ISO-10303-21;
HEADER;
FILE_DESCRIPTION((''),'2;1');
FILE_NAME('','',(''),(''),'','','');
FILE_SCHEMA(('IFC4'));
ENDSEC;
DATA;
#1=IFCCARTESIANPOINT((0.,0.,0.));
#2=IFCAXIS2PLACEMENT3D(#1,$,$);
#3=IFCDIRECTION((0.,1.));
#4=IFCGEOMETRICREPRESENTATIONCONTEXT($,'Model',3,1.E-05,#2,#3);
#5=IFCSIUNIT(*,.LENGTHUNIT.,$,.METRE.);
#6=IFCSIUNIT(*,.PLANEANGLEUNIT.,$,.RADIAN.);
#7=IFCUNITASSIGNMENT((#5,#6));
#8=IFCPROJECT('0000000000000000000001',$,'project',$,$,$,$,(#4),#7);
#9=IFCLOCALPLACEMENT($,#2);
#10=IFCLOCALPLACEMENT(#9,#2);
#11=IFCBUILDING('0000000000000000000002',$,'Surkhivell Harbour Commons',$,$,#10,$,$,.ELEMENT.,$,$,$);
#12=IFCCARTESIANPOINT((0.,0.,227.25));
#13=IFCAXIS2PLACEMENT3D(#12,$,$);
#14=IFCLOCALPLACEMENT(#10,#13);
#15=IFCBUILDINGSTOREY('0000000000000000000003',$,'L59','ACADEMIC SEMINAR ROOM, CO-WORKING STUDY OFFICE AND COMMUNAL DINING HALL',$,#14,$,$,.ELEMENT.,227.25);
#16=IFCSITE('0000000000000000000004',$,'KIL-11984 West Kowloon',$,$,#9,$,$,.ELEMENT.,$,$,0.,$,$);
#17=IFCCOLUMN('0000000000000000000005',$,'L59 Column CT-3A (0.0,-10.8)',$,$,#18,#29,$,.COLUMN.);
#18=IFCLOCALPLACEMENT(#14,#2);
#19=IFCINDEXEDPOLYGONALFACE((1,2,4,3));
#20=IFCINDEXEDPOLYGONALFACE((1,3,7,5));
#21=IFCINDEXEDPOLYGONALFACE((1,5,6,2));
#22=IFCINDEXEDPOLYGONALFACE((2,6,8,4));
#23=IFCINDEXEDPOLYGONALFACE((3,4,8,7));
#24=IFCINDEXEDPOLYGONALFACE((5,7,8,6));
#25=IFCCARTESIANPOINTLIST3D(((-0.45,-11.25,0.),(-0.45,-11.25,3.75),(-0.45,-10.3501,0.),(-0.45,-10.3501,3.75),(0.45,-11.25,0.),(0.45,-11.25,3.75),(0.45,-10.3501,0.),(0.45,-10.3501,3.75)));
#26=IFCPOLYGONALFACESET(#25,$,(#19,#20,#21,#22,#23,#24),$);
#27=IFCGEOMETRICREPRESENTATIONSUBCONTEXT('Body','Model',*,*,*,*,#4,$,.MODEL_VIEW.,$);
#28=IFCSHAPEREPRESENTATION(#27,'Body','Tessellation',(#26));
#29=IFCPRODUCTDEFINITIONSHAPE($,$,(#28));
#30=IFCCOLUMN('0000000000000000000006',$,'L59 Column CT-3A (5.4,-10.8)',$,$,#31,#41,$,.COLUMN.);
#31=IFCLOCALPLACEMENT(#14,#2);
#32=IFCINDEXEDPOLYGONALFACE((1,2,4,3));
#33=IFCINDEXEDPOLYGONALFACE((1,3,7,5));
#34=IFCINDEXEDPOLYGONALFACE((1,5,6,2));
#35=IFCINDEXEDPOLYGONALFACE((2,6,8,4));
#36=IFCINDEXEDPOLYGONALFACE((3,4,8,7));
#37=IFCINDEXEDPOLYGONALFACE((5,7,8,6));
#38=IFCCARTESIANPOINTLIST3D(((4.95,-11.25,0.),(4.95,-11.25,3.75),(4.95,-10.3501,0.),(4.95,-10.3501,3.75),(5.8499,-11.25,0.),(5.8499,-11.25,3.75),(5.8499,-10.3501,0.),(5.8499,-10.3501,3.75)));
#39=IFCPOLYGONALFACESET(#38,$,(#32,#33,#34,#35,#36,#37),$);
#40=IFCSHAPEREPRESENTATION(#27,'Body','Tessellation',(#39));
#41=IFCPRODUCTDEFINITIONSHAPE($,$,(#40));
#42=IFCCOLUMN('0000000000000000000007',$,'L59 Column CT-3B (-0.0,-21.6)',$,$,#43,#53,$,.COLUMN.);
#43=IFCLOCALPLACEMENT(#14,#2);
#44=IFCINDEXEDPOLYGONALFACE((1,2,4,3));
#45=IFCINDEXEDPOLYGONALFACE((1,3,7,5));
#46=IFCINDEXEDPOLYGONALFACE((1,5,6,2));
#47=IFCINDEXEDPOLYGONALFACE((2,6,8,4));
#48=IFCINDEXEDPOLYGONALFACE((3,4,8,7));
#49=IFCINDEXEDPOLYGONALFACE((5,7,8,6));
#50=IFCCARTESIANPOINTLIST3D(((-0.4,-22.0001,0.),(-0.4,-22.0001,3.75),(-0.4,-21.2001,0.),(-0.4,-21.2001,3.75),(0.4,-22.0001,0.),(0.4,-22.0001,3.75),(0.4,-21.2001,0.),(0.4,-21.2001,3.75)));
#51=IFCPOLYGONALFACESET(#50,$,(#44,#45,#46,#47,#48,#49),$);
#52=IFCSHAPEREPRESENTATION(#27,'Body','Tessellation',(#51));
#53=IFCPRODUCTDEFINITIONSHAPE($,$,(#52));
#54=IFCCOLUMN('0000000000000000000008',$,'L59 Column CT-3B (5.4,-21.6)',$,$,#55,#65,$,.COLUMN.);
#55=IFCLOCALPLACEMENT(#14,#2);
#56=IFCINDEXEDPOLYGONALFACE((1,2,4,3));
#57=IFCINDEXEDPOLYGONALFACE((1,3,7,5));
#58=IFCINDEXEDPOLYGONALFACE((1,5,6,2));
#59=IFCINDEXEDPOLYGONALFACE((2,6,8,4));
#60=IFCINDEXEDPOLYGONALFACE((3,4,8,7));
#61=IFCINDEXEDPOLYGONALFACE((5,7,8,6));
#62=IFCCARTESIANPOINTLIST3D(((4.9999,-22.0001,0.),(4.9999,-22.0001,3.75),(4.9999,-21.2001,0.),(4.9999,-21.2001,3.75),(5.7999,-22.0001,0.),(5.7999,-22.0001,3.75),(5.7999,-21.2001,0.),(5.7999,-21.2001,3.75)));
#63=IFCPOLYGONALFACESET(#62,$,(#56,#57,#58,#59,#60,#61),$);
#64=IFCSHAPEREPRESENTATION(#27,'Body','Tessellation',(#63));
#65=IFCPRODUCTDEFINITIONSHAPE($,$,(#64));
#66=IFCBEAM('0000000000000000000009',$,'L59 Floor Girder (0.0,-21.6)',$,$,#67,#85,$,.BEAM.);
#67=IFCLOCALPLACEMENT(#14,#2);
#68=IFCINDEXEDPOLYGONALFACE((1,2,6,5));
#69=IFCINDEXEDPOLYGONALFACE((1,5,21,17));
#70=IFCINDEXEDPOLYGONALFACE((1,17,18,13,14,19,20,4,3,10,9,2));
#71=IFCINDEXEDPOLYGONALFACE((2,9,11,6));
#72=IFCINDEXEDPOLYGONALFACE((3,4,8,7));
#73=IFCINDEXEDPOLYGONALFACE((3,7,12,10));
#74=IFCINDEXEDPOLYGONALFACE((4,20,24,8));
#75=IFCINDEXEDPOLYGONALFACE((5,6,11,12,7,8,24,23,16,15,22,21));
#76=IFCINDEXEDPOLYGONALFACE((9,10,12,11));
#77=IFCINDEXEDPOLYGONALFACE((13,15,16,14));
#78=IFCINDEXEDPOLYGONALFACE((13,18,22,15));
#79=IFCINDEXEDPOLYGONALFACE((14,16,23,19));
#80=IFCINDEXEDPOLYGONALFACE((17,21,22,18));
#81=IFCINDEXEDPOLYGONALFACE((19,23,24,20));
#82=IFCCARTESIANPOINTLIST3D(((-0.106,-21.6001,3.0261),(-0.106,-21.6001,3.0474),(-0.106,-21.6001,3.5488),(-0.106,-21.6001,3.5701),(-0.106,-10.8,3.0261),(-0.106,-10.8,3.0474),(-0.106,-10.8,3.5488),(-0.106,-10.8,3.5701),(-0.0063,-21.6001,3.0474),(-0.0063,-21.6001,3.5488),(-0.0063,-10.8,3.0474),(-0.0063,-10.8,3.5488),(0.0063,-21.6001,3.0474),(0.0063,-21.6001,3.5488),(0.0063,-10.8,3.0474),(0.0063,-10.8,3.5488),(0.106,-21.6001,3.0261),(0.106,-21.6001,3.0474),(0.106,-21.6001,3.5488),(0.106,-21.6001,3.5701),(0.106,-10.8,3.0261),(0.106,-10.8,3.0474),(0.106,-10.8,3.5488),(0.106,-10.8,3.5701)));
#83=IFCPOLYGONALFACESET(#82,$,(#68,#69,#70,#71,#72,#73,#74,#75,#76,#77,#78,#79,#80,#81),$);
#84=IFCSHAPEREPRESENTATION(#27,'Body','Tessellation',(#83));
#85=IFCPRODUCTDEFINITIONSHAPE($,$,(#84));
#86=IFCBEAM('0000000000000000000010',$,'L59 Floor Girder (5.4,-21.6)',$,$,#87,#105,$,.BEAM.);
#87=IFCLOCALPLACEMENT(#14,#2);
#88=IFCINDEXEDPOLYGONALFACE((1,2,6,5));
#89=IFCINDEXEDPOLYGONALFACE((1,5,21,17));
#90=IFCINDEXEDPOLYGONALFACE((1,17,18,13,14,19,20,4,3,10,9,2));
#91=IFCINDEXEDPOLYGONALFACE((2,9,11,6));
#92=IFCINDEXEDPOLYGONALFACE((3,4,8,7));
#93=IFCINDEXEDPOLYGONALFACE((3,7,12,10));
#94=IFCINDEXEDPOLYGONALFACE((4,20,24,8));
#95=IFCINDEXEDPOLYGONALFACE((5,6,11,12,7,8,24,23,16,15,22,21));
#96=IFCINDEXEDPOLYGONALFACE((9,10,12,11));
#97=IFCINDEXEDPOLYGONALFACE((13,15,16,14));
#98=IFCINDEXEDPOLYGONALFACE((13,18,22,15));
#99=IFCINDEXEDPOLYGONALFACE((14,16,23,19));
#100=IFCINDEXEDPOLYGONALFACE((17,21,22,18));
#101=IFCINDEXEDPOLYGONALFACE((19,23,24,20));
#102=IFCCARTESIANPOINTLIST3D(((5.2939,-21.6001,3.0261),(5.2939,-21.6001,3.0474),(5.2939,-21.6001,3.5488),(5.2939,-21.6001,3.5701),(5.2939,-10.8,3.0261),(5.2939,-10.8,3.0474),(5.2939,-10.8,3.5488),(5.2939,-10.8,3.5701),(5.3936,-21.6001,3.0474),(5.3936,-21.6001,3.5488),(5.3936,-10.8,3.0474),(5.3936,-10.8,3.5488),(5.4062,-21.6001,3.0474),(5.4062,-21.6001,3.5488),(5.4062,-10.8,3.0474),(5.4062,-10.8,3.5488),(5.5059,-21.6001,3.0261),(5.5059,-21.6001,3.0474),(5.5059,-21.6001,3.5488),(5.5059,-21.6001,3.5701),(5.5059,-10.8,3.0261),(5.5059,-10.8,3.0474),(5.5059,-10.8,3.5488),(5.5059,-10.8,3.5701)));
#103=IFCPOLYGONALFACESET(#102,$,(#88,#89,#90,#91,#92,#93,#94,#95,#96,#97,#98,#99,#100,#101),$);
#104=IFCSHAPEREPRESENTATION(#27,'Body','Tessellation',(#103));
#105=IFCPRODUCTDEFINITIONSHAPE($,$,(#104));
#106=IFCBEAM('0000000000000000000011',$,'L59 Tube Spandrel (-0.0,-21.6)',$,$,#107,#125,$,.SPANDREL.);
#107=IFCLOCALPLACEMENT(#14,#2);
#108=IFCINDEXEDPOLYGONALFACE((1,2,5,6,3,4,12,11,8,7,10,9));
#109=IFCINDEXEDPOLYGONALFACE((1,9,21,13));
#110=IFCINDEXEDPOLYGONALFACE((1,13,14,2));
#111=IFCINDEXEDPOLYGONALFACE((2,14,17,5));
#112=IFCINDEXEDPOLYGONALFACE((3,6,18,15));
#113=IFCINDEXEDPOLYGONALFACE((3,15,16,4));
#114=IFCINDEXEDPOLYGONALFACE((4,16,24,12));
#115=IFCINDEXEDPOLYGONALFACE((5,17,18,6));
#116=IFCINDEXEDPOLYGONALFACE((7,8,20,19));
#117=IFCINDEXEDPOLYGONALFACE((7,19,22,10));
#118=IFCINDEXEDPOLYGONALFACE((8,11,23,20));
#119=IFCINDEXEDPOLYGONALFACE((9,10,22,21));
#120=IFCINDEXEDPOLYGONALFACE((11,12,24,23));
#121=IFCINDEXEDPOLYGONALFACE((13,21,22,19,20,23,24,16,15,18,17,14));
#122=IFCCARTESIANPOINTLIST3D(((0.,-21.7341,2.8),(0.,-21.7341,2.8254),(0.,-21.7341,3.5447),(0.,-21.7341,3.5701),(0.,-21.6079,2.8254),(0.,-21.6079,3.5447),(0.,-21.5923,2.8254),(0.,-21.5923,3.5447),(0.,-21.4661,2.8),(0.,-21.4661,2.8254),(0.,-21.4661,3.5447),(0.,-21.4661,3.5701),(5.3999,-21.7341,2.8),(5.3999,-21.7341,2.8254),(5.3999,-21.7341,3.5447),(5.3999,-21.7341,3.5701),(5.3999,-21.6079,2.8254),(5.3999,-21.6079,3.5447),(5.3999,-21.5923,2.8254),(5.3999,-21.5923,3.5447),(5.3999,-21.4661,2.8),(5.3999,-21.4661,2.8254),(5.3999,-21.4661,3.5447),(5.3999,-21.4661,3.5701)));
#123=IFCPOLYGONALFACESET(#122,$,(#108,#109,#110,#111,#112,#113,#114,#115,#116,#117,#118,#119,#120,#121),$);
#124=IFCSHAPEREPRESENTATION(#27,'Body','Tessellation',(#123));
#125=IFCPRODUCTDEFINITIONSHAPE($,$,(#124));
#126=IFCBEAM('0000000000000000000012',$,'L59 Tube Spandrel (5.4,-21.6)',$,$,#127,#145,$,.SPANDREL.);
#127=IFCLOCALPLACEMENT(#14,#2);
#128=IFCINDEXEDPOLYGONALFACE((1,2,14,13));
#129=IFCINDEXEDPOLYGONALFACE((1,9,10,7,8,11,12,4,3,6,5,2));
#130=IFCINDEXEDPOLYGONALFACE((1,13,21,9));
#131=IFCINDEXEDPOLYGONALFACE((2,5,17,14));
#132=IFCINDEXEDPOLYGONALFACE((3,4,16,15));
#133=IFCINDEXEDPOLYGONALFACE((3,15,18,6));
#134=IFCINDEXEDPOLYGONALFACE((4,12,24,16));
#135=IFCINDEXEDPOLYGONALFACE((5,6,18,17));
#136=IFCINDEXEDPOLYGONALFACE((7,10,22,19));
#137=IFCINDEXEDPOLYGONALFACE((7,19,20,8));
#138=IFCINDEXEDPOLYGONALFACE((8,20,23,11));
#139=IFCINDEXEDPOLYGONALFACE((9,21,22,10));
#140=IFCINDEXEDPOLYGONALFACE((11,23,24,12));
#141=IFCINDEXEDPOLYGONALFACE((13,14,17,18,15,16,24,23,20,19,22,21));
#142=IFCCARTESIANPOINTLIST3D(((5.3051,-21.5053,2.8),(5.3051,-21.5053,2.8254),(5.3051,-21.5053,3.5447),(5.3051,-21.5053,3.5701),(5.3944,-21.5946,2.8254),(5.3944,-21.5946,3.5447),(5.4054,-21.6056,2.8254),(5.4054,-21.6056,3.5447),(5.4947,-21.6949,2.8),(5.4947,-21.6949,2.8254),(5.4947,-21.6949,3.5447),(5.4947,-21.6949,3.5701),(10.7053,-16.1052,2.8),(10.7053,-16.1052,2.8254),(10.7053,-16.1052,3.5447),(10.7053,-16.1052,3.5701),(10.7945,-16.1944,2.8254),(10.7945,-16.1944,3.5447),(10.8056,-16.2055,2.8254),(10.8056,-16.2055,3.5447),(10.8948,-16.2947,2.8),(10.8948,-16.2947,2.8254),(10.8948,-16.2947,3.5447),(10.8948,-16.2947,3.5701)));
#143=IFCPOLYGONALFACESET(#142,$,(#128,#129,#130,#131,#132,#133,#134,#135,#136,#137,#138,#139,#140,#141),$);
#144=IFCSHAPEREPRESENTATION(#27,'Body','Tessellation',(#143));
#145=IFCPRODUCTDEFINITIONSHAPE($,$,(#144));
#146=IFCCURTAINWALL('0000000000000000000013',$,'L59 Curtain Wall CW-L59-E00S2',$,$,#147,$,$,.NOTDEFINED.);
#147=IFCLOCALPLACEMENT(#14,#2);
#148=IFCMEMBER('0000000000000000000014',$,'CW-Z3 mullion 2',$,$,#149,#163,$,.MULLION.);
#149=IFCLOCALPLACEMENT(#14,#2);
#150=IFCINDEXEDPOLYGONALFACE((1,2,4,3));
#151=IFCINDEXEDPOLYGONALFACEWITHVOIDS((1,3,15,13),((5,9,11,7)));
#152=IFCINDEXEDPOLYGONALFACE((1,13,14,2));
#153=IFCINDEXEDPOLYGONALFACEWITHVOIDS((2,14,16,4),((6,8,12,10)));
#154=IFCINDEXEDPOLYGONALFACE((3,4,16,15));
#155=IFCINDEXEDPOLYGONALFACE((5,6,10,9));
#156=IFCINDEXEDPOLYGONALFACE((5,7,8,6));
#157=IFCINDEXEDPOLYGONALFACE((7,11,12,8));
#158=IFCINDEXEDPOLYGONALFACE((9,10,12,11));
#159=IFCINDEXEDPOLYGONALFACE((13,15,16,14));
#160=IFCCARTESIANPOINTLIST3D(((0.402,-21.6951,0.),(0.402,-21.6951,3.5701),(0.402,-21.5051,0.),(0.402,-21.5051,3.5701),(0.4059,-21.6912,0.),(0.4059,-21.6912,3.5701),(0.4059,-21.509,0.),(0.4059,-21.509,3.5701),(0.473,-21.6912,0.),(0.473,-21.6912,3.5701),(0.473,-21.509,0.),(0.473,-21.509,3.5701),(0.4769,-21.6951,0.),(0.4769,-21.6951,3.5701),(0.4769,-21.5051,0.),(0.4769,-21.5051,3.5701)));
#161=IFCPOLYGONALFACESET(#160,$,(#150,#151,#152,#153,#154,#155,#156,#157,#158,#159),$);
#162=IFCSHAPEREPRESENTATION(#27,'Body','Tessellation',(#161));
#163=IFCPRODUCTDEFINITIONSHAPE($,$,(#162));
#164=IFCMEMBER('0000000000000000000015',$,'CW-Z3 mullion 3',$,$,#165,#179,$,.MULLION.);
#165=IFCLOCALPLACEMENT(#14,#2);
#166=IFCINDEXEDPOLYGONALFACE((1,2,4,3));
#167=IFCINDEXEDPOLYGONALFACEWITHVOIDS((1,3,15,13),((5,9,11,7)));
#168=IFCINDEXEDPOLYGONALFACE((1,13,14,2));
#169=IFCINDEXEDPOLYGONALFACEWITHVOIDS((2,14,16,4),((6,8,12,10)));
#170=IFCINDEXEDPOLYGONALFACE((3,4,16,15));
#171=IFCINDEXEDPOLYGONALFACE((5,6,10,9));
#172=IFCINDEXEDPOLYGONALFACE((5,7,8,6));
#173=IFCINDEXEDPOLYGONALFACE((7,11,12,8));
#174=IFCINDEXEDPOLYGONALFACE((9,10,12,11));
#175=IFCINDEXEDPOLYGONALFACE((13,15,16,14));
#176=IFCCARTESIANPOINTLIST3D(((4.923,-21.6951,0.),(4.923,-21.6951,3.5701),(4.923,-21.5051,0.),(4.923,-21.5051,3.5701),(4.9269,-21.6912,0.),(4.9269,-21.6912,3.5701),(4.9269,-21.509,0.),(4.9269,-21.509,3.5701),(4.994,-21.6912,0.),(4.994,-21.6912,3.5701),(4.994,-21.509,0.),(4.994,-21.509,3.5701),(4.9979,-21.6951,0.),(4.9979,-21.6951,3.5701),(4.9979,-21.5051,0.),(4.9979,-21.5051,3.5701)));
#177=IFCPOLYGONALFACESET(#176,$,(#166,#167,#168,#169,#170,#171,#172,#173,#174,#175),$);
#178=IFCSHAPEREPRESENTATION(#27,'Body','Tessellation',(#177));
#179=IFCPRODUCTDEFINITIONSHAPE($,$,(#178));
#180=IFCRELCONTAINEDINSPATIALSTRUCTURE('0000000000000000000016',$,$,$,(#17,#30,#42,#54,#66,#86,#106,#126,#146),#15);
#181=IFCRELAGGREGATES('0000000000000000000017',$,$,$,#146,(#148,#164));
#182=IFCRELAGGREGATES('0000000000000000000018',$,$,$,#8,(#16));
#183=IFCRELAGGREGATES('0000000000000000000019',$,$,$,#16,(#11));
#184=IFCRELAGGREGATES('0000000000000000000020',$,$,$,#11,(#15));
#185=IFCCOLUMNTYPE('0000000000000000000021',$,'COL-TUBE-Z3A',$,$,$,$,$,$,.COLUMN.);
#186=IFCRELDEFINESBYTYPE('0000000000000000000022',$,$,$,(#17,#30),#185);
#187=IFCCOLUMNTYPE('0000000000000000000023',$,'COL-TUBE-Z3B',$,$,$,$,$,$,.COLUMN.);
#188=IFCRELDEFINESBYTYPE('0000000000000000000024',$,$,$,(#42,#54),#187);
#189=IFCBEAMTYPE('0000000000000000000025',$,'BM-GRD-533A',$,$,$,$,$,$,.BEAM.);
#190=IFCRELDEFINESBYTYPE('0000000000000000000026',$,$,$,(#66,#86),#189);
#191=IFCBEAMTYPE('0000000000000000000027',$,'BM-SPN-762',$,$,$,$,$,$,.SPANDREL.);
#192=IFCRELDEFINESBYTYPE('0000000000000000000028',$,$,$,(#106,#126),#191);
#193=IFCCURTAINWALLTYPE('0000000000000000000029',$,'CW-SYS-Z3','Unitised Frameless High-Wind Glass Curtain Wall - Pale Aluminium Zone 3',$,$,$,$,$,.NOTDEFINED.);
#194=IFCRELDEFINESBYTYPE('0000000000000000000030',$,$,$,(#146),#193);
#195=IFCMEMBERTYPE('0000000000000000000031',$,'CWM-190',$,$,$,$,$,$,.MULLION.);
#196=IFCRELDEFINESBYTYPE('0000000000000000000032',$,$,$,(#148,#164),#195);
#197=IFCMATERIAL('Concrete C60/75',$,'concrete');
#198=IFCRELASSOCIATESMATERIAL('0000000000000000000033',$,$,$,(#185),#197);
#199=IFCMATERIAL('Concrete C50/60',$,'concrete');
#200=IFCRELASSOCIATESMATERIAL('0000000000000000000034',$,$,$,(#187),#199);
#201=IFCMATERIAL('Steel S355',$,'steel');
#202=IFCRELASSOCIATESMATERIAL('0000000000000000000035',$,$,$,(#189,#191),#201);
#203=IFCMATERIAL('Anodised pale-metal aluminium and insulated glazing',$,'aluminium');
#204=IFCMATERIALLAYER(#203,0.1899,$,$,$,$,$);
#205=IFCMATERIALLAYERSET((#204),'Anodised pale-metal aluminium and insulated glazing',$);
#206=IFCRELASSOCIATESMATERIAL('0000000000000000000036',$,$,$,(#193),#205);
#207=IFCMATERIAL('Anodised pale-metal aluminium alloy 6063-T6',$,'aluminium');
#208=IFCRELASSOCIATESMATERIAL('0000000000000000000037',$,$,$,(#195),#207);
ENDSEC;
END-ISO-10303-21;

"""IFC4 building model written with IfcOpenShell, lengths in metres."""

from ifc_helpers import new_model, si_unit, direction, frame, origin, origin_2d, place, context, subcontext, project, spatial, rectangle, hollow_rectangle, i_section, extrude, material, layer, layer_set, material_profile, profile_set, type_object, element, aggregate, save


model = new_model("IFC4")

# Units and contexts
model_context = context("Model", 3, precision=1e-05, world=origin(), true_north=direction((0.0, 1.0)))
body_context = subcontext(model_context, "Body", "Model", "MODEL_VIEW")
ifc_project = project(units=[si_unit("LENGTHUNIT", "METRE"), si_unit("PLANEANGLEUNIT", "RADIAN")], contexts=[model_context])

# Site, building, storey
site_placement = place(None, origin())
site = spatial("IfcSite", under=ifc_project, at=site_placement, Name="KIL-11984 West Kowloon", CompositionType="ELEMENT", RefElevation=0.0)
building_placement = place(site_placement, origin())
building = spatial("IfcBuilding", under=site, at=building_placement, Name="Surkhivell Harbour Commons", CompositionType="ELEMENT")
storey_placement = place(building_placement, frame((0.0, 0.0, 227.25)))
storey = spatial("IfcBuildingStorey", under=building, at=storey_placement, Name="L59", Description="ACADEMIC SEMINAR ROOM, CO-WORKING STUDY OFFICE AND COMMUNAL DINING HALL", CompositionType="ELEMENT", Elevation=227.25)

# Columns
ifc_material_1 = material(Name="Concrete C60/75", Category="concrete")
ifc_material_profile_1 = material_profile(ifc_material_1, rectangle(XDim=0.8999, YDim=0.8999, at=origin_2d()), Name="RC-COL-900x900")
ifc_profile_set_1 = profile_set([ifc_material_profile_1], Name="Concrete C60/75")
column_type_1 = type_object("IfcColumnType", Name="COL-TUBE-Z3A", PredefinedType="COLUMN", material=ifc_profile_set_1)
for number, where, z_axis, x_axis, name in (
    (1, (0.0, -10.8, 0.0), (0.0, 0.0, 1.0), (1.0, 0.0, 0.0), "L59 Column CT-3A (0.0,-10.8)"),
    (2, (5.3999, -10.8, 0.0), (0.0, 0.0, 1.0), (1.0, 0.0, 0.0), "L59 Column CT-3A (5.4,-10.8)"),
):
    element("IfcColumn", number, at=place(storey_placement, frame(where, z_axis=z_axis, x_axis=x_axis)), inside=storey, type_object=column_type_1, Name=name, PredefinedType="COLUMN", context=body_context, shape_type="SweptSolid", body=[
        extrude(rectangle(XDim=0.8999, YDim=0.8999, at=origin_2d()), origin(), (0.0, 0.0, 1.0), 3.75),
    ])
ifc_material_2 = material(Name="Concrete C50/60", Category="concrete")
ifc_material_profile_2 = material_profile(ifc_material_2, rectangle(XDim=0.8, YDim=0.8, at=origin_2d()), Name="RC-COL-800x800")
ifc_profile_set_2 = profile_set([ifc_material_profile_2], Name="Concrete C50/60")
column_type_2 = type_object("IfcColumnType", Name="COL-TUBE-Z3B", PredefinedType="COLUMN", material=ifc_profile_set_2)
for number, where, z_axis, x_axis, name in (
    (3, (0.0, -21.6001, 0.0), (0.0, 0.0, 1.0), (1.0, 0.0, 0.0), "L59 Column CT-3B (-0.0,-21.6)"),
    (4, (5.3999, -21.6001, 0.0), (0.0, 0.0, 1.0), (1.0, 0.0, 0.0), "L59 Column CT-3B (5.4,-21.6)"),
):
    element("IfcColumn", number, at=place(storey_placement, frame(where, z_axis=z_axis, x_axis=x_axis)), inside=storey, type_object=column_type_2, Name=name, PredefinedType="COLUMN", context=body_context, shape_type="SweptSolid", body=[
        extrude(rectangle(XDim=0.8, YDim=0.8, at=origin_2d()), origin(), (0.0, 0.0, 1.0), 3.75),
    ])

# Beams
ifc_material_3 = material(Name="Steel S355", Category="steel")
ifc_material_profile_3 = material_profile(ifc_material_3, i_section(OverallWidth=0.2119, OverallDepth=0.5439, WebThickness=0.0127, FlangeThickness=0.0212, at=origin_2d()), Name="UB533x210x122")
ifc_profile_set_3 = profile_set([ifc_material_profile_3], Name="Steel S355")
beam_type_1 = type_object("IfcBeamType", Name="BM-GRD-533A", PredefinedType="BEAM", material=ifc_profile_set_3)
for number, where, z_axis, x_axis, name in (
    (5, (0.0, -21.6001, 3.2981), (0.0, 1.0, 0.0), (-1.0, 0.0, 0.0), "L59 Floor Girder (0.0,-21.6)"),
    (6, (5.3999, -21.6001, 3.2981), (0.0, 1.0, 0.0), (-1.0, 0.0, 0.0), "L59 Floor Girder (5.4,-21.6)"),
):
    element("IfcBeam", number, at=place(storey_placement, frame(where, z_axis=z_axis, x_axis=x_axis)), inside=storey, type_object=beam_type_1, Name=name, PredefinedType="BEAM", context=body_context, shape_type="SweptSolid", body=[
        extrude(i_section(OverallWidth=0.2119, OverallDepth=0.5439, WebThickness=0.0127, FlangeThickness=0.0212, at=origin_2d()), origin(), (0.0, 0.0, 1.0), 10.8),
    ])
ifc_material_profile_4 = material_profile(ifc_material_3, i_section(OverallWidth=0.2681, OverallDepth=0.77, WebThickness=0.0156, FlangeThickness=0.0254, at=origin_2d()), Name="UB762x267x197")
ifc_profile_set_4 = profile_set([ifc_material_profile_4], Name="Steel S355")
beam_type_2 = type_object("IfcBeamType", Name="BM-SPN-762", PredefinedType="SPANDREL", material=ifc_profile_set_4)
beam_1_placement = place(storey_placement, frame((0.0, -21.6001, 3.1851), z_axis=(1.0, 0.0, 0.0), x_axis=(0.0, 1.0, 0.0)))
element("IfcBeam", 7, at=beam_1_placement, inside=storey, type_object=beam_type_2, Name="L59 Tube Spandrel (-0.0,-21.6)", PredefinedType="SPANDREL", context=body_context, shape_type="SweptSolid", body=[
    extrude(i_section(OverallWidth=0.2681, OverallDepth=0.77, WebThickness=0.0156, FlangeThickness=0.0254, at=origin_2d()), origin(), (0.0, 0.0, 1.0), 5.3999),
])
beam_2_placement = place(storey_placement, frame((5.3999, -21.6001, 3.1851), z_axis=(0.707107, 0.707107, 0.0), x_axis=(-0.707107, 0.707107, 0.0)))
element("IfcBeam", 8, at=beam_2_placement, inside=storey, type_object=beam_type_2, Name="L59 Tube Spandrel (5.4,-21.6)", PredefinedType="SPANDREL", context=body_context, shape_type="SweptSolid", body=[
    extrude(i_section(OverallWidth=0.2681, OverallDepth=0.77, WebThickness=0.0156, FlangeThickness=0.0254, at=origin_2d()), origin(), (0.0, 0.0, 1.0), 7.637),
])

# Curtain wall, members
ifc_material_4 = material(Name="Anodised pale-metal aluminium and insulated glazing", Category="aluminium")
ifc_layer_1 = layer(ifc_material_4, 0.1899)
ifc_layer_set_1 = layer_set([ifc_layer_1], Name="Anodised pale-metal aluminium and insulated glazing")
curtain_wall_type = type_object("IfcCurtainWallType", Name="CW-SYS-Z3", Description="Unitised Frameless High-Wind Glass Curtain Wall - Pale Aluminium Zone 3", PredefinedType="NOTDEFINED", material=ifc_layer_set_1)
curtain_wall_placement = place(storey_placement, origin())
curtain_wall = element("IfcCurtainWall", 9, at=curtain_wall_placement, inside=storey, type_object=curtain_wall_type, Name="L59 Curtain Wall CW-L59-E00S2", PredefinedType="NOTDEFINED")
ifc_material_5 = material(Name="Anodised pale-metal aluminium alloy 6063-T6", Category="aluminium")
ifc_material_profile_5 = material_profile(ifc_material_5, hollow_rectangle(XDim=0.075, YDim=0.1899, WallThickness=0.0039, at=origin_2d()), Name="ALU-MULL-75x190")
ifc_profile_set_5 = profile_set([ifc_material_profile_5], Name="Anodised pale-metal aluminium alloy 6063-T6")
member_type_1 = type_object("IfcMemberType", Name="CWM-190", PredefinedType="MULLION", material=ifc_profile_set_5)
member_1_placement = place(storey_placement, frame((0.4395, -21.6001, 0.0), z_axis=(0.0, 0.0, 1.0), x_axis=(1.0, 0.0, 0.0)))
member_1 = element("IfcMember", 10, at=member_1_placement, type_object=member_type_1, Name="CW-Z3 mullion 2", PredefinedType="MULLION", context=body_context, shape_type="SweptSolid", body=[
    extrude(hollow_rectangle(XDim=0.075, YDim=0.1899, WallThickness=0.0039, at=origin_2d()), origin(), (0.0, 0.0, 1.0), 3.5701),
])
member_2_placement = place(storey_placement, frame((4.9604, -21.6001, 0.0), z_axis=(0.0, 0.0, 1.0), x_axis=(1.0, 0.0, 0.0)))
member_2 = element("IfcMember", 11, at=member_2_placement, type_object=member_type_1, Name="CW-Z3 mullion 3", PredefinedType="MULLION", context=body_context, shape_type="SweptSolid", body=[
    extrude(hollow_rectangle(XDim=0.075, YDim=0.1899, WallThickness=0.0039, at=origin_2d()), origin(), (0.0, 0.0, 1.0), 3.5701),
])
aggregate(curtain_wall, [member_1, member_2])

save(model, "model.ifc")
